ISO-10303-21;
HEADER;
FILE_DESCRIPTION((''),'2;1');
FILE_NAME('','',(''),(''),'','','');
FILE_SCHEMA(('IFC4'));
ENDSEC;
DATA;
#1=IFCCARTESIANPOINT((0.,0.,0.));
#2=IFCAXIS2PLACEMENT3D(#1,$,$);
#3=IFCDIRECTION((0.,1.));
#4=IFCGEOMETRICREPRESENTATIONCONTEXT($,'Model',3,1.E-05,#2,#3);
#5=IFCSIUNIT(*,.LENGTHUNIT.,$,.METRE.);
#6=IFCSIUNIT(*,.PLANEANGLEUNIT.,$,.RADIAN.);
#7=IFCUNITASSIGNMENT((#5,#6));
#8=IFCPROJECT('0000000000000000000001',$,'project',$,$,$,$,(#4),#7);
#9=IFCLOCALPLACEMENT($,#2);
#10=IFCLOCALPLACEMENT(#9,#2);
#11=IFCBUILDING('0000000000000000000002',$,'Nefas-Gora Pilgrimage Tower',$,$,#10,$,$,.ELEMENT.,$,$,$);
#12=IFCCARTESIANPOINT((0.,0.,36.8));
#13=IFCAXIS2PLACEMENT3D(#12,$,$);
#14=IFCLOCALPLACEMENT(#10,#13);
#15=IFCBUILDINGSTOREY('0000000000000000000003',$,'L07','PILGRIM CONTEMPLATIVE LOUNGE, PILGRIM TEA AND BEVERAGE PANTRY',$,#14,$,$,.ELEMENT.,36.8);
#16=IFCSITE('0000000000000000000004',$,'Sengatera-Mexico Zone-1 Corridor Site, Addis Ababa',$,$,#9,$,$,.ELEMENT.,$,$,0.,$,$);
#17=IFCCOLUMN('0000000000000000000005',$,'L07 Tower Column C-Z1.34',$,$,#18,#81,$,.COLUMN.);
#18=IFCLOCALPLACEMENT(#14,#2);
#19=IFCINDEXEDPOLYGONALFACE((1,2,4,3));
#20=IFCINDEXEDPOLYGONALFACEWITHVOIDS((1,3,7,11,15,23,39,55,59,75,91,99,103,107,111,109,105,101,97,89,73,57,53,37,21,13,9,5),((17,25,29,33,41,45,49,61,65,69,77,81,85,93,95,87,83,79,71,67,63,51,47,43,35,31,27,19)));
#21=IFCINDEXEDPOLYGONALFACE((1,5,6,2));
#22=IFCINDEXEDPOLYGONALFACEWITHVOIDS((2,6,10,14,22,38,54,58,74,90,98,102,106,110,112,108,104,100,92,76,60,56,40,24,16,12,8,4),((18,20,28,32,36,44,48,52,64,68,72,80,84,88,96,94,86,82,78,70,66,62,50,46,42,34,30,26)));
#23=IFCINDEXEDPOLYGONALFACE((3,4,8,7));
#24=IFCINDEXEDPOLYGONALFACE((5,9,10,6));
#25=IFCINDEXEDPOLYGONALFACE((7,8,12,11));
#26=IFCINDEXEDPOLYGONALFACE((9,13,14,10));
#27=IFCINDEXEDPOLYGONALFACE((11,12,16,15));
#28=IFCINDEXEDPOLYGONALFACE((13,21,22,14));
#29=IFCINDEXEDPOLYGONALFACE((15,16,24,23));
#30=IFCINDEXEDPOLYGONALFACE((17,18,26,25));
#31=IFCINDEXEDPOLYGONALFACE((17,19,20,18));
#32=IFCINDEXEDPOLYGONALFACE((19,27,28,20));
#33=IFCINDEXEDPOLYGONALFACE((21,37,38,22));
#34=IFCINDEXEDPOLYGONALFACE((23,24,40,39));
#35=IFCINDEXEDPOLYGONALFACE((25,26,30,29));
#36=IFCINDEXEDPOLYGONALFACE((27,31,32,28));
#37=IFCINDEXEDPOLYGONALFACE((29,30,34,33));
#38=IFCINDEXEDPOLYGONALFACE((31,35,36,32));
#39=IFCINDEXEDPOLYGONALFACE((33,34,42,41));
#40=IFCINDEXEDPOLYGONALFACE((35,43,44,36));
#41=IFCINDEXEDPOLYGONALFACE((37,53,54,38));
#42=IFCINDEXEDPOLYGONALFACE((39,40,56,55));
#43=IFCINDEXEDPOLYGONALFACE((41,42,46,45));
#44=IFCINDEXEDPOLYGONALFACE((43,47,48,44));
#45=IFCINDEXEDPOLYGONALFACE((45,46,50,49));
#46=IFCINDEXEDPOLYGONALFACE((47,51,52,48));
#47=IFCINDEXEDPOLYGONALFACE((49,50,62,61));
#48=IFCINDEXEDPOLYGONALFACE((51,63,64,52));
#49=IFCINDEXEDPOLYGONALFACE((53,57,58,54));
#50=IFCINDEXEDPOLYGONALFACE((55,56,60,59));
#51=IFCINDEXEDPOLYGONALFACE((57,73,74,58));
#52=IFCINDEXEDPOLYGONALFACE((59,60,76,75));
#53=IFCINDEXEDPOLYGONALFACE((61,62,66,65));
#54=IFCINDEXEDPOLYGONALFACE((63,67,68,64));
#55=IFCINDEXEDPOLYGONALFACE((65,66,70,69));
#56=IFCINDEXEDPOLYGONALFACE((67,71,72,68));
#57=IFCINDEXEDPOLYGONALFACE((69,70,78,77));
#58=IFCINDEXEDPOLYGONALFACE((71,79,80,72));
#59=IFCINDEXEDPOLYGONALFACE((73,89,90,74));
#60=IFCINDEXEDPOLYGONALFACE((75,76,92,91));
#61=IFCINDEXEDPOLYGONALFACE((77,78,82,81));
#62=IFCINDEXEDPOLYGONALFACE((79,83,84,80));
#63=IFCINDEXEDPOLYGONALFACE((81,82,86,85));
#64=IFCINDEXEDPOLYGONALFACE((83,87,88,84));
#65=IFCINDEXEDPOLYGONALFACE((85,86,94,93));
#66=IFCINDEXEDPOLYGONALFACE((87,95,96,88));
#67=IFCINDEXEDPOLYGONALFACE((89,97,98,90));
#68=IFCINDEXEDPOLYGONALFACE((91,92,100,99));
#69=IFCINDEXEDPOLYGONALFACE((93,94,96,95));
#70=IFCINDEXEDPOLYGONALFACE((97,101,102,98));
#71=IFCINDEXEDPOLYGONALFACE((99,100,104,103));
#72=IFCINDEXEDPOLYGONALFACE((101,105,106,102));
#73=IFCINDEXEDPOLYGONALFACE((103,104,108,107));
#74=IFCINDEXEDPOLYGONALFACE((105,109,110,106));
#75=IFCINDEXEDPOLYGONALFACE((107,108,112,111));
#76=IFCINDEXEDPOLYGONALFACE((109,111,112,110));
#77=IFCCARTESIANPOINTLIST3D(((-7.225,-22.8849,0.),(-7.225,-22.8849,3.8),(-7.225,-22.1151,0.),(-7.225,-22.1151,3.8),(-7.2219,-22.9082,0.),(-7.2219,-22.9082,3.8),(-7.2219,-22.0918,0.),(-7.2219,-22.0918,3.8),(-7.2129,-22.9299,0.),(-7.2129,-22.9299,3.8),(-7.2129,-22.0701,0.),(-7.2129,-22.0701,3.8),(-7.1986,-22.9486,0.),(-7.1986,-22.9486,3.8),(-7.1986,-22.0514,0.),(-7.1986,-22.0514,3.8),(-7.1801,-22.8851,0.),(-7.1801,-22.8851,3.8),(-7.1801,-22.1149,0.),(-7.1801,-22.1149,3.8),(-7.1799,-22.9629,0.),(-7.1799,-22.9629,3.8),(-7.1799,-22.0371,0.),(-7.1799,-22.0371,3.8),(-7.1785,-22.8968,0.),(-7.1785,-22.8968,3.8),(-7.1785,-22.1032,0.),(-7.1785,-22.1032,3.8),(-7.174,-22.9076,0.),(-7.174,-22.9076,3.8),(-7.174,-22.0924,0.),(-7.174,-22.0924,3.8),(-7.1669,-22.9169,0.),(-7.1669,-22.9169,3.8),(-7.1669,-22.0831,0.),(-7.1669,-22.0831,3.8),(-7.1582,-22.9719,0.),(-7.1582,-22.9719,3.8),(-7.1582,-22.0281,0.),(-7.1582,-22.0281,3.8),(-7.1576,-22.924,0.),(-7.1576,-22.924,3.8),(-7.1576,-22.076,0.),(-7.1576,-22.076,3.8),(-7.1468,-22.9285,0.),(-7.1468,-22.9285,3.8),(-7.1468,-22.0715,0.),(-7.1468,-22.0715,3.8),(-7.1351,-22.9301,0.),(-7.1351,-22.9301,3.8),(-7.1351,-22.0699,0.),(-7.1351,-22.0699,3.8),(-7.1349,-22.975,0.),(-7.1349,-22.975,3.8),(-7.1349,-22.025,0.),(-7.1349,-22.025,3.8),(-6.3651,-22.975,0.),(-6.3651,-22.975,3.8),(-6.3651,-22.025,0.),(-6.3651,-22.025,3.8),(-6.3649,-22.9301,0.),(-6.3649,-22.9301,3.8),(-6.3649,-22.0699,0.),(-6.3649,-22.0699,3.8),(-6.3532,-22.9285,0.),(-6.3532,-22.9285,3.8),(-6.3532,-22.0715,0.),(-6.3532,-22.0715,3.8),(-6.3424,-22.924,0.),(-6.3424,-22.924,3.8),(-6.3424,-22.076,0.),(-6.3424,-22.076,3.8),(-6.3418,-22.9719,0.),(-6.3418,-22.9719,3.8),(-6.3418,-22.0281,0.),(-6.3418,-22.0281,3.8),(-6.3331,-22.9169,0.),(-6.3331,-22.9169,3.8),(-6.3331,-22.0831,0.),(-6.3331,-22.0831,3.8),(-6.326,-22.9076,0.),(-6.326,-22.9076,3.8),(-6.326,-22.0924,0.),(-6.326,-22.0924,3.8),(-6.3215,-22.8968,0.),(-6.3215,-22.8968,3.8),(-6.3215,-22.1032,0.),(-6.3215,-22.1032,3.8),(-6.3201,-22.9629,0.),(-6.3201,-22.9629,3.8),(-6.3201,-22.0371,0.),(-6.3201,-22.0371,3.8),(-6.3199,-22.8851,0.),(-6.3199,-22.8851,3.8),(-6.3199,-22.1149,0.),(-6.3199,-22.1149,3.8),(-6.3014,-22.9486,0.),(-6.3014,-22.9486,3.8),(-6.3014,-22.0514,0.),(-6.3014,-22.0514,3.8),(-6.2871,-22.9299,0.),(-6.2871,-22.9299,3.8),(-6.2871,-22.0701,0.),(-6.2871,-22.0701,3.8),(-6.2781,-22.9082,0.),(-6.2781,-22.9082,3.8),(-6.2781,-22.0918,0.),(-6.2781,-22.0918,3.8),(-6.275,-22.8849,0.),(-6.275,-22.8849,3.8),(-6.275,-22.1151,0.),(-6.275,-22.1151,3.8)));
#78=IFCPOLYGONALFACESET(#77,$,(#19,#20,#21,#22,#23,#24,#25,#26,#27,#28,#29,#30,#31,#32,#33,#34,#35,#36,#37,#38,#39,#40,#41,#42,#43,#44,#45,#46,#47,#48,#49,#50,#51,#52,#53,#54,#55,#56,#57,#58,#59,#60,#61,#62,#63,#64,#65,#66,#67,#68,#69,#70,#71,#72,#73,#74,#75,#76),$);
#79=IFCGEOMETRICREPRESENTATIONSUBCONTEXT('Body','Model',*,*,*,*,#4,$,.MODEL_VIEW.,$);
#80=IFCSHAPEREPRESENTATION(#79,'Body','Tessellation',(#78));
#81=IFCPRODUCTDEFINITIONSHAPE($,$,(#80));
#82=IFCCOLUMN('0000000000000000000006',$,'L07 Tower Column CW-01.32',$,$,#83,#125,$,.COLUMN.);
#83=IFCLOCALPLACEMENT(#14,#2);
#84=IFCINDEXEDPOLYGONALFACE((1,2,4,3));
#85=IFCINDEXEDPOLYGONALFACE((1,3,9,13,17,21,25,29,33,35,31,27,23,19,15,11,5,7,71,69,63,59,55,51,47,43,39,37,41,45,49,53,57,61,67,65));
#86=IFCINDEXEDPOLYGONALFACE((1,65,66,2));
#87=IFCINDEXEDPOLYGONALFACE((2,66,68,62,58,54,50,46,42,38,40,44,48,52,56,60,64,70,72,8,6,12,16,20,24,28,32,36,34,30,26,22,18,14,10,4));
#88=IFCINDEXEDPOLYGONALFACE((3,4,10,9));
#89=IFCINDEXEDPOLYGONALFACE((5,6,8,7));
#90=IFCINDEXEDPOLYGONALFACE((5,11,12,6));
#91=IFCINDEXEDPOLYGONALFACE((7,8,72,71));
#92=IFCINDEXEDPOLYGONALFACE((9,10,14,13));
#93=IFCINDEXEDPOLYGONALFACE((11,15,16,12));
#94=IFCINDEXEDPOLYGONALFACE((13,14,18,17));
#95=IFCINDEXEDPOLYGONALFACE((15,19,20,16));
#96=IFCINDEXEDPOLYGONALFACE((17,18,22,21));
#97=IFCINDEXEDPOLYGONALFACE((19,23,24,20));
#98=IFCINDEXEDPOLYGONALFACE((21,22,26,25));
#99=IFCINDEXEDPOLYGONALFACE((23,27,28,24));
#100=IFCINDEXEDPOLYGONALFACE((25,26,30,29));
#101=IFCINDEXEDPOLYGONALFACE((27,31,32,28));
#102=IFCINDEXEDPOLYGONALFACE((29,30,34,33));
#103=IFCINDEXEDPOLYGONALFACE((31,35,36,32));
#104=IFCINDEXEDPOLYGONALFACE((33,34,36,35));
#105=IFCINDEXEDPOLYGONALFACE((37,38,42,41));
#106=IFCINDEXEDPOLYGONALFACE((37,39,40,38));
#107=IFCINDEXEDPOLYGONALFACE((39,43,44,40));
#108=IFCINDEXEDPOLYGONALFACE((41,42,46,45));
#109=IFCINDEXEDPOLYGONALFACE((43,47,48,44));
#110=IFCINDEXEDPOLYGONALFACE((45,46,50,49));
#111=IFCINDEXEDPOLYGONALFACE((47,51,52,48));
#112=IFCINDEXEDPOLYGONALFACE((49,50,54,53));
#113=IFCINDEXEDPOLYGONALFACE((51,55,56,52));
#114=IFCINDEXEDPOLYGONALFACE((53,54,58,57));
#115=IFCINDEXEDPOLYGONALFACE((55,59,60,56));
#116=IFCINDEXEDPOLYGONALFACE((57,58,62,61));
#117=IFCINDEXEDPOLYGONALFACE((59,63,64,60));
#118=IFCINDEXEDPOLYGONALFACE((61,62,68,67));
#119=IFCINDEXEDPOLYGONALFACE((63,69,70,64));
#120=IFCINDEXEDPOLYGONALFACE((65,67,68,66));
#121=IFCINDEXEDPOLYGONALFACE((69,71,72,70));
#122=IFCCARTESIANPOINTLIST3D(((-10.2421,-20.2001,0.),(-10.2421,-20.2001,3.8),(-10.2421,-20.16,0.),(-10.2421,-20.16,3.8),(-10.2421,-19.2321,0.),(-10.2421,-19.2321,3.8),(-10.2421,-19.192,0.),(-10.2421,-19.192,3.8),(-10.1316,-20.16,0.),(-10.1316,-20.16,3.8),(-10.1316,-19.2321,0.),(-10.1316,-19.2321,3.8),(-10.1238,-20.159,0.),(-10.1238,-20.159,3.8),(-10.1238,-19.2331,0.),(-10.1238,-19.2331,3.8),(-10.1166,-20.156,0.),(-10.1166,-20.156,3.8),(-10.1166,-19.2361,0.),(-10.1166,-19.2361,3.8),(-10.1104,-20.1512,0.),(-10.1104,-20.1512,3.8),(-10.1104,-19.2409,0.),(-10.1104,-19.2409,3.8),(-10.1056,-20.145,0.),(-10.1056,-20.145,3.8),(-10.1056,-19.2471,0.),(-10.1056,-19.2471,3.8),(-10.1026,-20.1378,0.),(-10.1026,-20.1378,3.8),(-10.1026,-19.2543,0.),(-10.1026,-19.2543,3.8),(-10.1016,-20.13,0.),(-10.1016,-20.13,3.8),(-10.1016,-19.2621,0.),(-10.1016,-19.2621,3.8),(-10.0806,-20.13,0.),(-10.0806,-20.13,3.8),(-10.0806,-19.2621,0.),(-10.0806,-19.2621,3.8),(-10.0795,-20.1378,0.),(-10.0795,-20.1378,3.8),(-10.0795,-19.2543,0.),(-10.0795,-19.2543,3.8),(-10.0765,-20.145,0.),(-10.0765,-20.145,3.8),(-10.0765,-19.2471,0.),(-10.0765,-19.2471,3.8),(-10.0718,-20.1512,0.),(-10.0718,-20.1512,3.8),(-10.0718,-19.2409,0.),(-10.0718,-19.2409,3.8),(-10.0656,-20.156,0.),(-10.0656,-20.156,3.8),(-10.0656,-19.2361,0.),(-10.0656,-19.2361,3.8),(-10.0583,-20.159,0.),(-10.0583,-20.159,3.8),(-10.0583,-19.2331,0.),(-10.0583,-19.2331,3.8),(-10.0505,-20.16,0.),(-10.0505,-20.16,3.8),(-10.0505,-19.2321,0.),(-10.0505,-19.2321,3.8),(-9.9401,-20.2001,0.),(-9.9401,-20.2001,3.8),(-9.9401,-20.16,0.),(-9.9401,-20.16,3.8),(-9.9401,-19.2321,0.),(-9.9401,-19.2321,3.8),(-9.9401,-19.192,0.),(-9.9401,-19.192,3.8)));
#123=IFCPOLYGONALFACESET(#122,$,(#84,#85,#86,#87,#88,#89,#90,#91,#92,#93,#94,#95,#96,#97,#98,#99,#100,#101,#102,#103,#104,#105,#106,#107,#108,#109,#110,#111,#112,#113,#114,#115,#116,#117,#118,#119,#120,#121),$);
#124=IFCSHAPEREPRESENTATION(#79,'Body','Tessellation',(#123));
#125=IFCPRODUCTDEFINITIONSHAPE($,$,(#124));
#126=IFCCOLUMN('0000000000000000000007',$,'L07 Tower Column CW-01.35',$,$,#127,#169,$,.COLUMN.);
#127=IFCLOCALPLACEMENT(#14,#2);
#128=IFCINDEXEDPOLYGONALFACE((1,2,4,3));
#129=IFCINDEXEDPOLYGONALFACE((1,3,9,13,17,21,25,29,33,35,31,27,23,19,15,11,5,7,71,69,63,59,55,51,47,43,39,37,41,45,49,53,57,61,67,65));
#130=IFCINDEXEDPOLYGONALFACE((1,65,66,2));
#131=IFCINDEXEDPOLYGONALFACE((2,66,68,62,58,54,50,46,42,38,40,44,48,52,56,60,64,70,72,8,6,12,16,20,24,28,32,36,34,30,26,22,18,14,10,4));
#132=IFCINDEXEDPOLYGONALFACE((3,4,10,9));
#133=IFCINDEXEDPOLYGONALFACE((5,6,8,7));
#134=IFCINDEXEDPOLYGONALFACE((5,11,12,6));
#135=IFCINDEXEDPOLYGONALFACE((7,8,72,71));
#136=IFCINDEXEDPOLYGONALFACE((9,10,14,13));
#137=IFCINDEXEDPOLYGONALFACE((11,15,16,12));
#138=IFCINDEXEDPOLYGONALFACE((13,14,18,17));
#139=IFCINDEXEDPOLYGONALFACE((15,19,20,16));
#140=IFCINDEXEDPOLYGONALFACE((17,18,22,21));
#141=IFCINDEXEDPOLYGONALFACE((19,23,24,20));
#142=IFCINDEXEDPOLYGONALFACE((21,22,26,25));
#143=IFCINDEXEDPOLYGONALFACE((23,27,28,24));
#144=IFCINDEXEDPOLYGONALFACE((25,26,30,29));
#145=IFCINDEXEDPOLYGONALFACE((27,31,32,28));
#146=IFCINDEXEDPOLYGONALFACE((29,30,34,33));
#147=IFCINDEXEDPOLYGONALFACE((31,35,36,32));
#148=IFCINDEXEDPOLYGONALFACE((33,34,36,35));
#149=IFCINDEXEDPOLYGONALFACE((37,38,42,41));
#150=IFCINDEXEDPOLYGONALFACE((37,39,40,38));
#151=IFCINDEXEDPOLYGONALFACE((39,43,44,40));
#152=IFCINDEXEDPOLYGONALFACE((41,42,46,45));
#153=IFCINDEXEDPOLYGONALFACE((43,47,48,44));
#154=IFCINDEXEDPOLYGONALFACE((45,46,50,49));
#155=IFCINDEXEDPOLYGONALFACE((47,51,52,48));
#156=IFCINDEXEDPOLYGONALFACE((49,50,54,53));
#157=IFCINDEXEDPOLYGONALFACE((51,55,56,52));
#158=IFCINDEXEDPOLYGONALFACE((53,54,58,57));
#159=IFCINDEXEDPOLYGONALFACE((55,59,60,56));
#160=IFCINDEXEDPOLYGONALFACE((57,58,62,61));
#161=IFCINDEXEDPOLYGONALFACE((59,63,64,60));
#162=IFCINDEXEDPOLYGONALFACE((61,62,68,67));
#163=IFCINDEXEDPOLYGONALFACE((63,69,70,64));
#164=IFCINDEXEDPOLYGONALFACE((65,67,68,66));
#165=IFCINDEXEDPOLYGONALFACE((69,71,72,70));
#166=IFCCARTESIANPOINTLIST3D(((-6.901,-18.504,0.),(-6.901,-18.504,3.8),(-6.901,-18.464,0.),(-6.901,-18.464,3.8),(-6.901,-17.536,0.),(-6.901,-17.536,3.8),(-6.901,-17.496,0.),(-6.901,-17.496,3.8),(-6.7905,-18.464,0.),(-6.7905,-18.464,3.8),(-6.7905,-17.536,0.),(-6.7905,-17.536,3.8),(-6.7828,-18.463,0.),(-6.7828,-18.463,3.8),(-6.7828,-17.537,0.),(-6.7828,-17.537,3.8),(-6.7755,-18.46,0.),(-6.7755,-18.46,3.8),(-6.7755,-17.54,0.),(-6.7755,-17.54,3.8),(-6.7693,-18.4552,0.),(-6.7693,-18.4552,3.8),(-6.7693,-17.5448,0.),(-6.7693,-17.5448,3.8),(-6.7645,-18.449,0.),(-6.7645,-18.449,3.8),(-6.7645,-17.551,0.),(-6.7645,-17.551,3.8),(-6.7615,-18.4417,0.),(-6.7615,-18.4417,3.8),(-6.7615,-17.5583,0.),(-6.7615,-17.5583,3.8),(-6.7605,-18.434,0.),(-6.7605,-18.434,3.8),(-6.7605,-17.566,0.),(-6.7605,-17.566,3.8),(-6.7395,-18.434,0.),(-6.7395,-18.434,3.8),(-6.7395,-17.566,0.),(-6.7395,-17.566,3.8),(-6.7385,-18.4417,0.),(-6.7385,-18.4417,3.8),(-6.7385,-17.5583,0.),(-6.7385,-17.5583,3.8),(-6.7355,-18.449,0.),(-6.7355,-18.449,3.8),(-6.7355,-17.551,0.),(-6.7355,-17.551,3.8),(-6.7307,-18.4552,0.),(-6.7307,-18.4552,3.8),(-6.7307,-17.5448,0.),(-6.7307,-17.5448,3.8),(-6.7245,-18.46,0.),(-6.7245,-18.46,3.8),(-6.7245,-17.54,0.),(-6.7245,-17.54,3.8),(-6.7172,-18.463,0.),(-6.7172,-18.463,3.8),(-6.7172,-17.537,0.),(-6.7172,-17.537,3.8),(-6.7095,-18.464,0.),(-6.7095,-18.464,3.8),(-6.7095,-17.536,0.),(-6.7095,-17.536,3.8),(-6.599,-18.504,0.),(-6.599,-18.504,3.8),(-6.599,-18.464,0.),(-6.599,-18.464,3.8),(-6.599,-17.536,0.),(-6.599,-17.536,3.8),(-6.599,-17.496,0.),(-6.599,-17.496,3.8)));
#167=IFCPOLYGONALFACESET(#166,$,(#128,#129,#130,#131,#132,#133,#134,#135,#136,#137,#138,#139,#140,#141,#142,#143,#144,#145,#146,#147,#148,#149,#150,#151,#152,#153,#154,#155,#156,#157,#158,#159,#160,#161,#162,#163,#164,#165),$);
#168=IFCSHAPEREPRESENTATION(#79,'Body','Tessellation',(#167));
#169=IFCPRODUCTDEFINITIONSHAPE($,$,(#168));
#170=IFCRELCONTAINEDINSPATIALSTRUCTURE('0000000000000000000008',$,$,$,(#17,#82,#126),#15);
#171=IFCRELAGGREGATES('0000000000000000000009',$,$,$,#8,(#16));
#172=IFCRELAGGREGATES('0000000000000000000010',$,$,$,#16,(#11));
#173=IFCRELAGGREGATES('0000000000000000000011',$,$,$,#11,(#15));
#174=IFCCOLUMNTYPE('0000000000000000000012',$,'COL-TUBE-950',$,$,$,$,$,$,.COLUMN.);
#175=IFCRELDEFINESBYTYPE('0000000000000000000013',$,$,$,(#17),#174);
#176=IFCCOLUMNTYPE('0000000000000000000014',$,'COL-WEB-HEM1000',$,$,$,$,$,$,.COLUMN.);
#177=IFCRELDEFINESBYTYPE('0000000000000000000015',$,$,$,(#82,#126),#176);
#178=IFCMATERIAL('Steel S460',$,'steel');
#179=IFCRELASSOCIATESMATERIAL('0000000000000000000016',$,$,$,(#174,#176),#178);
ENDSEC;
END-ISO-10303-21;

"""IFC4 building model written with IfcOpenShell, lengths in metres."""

from ifc_helpers import new_model, si_unit, direction, frame, origin, origin_2d, place, context, subcontext, project, spatial, hollow_rectangle, i_section, extrude, source, transform, mapped, material, material_profile, profile_set, type_object, element, save


model = new_model("IFC4")

# Units and contexts
model_context = context("Model", 3, precision=1e-05, world=origin(), true_north=direction((0.0, 1.0)))
body_context = subcontext(model_context, "Body", "Model", "MODEL_VIEW")
ifc_project = project(units=[si_unit("LENGTHUNIT", "METRE"), si_unit("PLANEANGLEUNIT", "RADIAN")], contexts=[model_context])

# Site, building, storey
site_placement = place(None, origin())
site = spatial("IfcSite", under=ifc_project, at=site_placement, Name="Sengatera-Mexico Zone-1 Corridor Site, Addis Ababa", CompositionType="ELEMENT", RefElevation=0.0)
building_placement = place(site_placement, origin())
building = spatial("IfcBuilding", under=site, at=building_placement, Name="Nefas-Gora Pilgrimage Tower", CompositionType="ELEMENT")
storey_placement = place(building_placement, frame((0.0, 0.0, 36.8)))
storey = spatial("IfcBuildingStorey", under=building, at=storey_placement, Name="L07", Description="PILGRIM CONTEMPLATIVE LOUNGE, PILGRIM TEA AND BEVERAGE PANTRY", CompositionType="ELEMENT", Elevation=36.8)

# Columns
ifc_material_1 = material(Name="Steel S460", Category="steel")
ifc_material_profile_1 = material_profile(ifc_material_1, hollow_rectangle(XDim=0.95, YDim=0.95, WallThickness=0.0449, InnerFilletRadius=0.0449, OuterFilletRadius=0.0901, at=origin_2d()), Name="BOX 950x950x45")
ifc_profile_set_1 = profile_set([ifc_material_profile_1], Name="Steel S460")
column_type_1 = type_object("IfcColumnType", Name="COL-TUBE-950", PredefinedType="COLUMN", material=ifc_profile_set_1)
shared_shape_1 = source(origin(), body_context, "Body", "SweptSolid", [
    extrude(hollow_rectangle(XDim=0.95, YDim=0.95, WallThickness=0.0449, InnerFilletRadius=0.0449, OuterFilletRadius=0.0901, at=origin_2d()), origin(), (0.0, 0.0, 1.0), 3.8),
])
column_placement = place(storey_placement, frame((-6.75, -22.5, 0.0), z_axis=(0.0, 0.0, 1.0), x_axis=(1.0, 0.0, 0.0)))
element("IfcColumn", 1, at=column_placement, inside=storey, type_object=column_type_1, Name="L07 Tower Column C-Z1.34", PredefinedType="COLUMN", context=body_context, shape_type="MappedRepresentation", body=[
    mapped(shared_shape_1, transform((0.0, 0.0, 0.0), x_axis=(1.0, 0.0, 0.0), y_axis=(0.0, 1.0, 0.0), z_axis=(0.0, 0.0, 1.0), scale=1.0)),
])
ifc_material_profile_2 = material_profile(ifc_material_1, i_section(OverallWidth=0.302, OverallDepth=1.0081, WebThickness=0.021, FlangeThickness=0.04, FilletRadius=0.03, at=origin_2d()), Name="HEM 1000")
ifc_profile_set_2 = profile_set([ifc_material_profile_2], Name="Steel S460")
column_type_2 = type_object("IfcColumnType", Name="COL-WEB-HEM1000", PredefinedType="COLUMN", material=ifc_profile_set_2)
shared_shape_2 = source(origin(), body_context, "Body", "SweptSolid", [
    extrude(i_section(OverallWidth=0.302, OverallDepth=1.0081, WebThickness=0.021, FlangeThickness=0.04, FilletRadius=0.03, at=origin_2d()), origin(), (0.0, 0.0, 1.0), 3.8),
])
for number, where, z_axis, x_axis, name in (
    (2, (-10.0911, -19.696, 0.0), (0.0, 0.0, 1.0), (1.0, 0.0, 0.0), "L07 Tower Column CW-01.32"),
    (3, (-6.75, -18.0, 0.0), (0.0, 0.0, 1.0), (1.0, 0.0, 0.0), "L07 Tower Column CW-01.35"),
):
    element("IfcColumn", number, at=place(storey_placement, frame(where, z_axis=z_axis, x_axis=x_axis)), inside=storey, type_object=column_type_2, Name=name, PredefinedType="COLUMN", context=body_context, shape_type="MappedRepresentation", body=[
        mapped(shared_shape_2, transform((0.0, 0.0, 0.0), x_axis=(1.0, 0.0, 0.0), y_axis=(0.0, 1.0, 0.0), z_axis=(0.0, 0.0, 1.0), scale=1.0)),
    ])

save(model, "model.ifc")
